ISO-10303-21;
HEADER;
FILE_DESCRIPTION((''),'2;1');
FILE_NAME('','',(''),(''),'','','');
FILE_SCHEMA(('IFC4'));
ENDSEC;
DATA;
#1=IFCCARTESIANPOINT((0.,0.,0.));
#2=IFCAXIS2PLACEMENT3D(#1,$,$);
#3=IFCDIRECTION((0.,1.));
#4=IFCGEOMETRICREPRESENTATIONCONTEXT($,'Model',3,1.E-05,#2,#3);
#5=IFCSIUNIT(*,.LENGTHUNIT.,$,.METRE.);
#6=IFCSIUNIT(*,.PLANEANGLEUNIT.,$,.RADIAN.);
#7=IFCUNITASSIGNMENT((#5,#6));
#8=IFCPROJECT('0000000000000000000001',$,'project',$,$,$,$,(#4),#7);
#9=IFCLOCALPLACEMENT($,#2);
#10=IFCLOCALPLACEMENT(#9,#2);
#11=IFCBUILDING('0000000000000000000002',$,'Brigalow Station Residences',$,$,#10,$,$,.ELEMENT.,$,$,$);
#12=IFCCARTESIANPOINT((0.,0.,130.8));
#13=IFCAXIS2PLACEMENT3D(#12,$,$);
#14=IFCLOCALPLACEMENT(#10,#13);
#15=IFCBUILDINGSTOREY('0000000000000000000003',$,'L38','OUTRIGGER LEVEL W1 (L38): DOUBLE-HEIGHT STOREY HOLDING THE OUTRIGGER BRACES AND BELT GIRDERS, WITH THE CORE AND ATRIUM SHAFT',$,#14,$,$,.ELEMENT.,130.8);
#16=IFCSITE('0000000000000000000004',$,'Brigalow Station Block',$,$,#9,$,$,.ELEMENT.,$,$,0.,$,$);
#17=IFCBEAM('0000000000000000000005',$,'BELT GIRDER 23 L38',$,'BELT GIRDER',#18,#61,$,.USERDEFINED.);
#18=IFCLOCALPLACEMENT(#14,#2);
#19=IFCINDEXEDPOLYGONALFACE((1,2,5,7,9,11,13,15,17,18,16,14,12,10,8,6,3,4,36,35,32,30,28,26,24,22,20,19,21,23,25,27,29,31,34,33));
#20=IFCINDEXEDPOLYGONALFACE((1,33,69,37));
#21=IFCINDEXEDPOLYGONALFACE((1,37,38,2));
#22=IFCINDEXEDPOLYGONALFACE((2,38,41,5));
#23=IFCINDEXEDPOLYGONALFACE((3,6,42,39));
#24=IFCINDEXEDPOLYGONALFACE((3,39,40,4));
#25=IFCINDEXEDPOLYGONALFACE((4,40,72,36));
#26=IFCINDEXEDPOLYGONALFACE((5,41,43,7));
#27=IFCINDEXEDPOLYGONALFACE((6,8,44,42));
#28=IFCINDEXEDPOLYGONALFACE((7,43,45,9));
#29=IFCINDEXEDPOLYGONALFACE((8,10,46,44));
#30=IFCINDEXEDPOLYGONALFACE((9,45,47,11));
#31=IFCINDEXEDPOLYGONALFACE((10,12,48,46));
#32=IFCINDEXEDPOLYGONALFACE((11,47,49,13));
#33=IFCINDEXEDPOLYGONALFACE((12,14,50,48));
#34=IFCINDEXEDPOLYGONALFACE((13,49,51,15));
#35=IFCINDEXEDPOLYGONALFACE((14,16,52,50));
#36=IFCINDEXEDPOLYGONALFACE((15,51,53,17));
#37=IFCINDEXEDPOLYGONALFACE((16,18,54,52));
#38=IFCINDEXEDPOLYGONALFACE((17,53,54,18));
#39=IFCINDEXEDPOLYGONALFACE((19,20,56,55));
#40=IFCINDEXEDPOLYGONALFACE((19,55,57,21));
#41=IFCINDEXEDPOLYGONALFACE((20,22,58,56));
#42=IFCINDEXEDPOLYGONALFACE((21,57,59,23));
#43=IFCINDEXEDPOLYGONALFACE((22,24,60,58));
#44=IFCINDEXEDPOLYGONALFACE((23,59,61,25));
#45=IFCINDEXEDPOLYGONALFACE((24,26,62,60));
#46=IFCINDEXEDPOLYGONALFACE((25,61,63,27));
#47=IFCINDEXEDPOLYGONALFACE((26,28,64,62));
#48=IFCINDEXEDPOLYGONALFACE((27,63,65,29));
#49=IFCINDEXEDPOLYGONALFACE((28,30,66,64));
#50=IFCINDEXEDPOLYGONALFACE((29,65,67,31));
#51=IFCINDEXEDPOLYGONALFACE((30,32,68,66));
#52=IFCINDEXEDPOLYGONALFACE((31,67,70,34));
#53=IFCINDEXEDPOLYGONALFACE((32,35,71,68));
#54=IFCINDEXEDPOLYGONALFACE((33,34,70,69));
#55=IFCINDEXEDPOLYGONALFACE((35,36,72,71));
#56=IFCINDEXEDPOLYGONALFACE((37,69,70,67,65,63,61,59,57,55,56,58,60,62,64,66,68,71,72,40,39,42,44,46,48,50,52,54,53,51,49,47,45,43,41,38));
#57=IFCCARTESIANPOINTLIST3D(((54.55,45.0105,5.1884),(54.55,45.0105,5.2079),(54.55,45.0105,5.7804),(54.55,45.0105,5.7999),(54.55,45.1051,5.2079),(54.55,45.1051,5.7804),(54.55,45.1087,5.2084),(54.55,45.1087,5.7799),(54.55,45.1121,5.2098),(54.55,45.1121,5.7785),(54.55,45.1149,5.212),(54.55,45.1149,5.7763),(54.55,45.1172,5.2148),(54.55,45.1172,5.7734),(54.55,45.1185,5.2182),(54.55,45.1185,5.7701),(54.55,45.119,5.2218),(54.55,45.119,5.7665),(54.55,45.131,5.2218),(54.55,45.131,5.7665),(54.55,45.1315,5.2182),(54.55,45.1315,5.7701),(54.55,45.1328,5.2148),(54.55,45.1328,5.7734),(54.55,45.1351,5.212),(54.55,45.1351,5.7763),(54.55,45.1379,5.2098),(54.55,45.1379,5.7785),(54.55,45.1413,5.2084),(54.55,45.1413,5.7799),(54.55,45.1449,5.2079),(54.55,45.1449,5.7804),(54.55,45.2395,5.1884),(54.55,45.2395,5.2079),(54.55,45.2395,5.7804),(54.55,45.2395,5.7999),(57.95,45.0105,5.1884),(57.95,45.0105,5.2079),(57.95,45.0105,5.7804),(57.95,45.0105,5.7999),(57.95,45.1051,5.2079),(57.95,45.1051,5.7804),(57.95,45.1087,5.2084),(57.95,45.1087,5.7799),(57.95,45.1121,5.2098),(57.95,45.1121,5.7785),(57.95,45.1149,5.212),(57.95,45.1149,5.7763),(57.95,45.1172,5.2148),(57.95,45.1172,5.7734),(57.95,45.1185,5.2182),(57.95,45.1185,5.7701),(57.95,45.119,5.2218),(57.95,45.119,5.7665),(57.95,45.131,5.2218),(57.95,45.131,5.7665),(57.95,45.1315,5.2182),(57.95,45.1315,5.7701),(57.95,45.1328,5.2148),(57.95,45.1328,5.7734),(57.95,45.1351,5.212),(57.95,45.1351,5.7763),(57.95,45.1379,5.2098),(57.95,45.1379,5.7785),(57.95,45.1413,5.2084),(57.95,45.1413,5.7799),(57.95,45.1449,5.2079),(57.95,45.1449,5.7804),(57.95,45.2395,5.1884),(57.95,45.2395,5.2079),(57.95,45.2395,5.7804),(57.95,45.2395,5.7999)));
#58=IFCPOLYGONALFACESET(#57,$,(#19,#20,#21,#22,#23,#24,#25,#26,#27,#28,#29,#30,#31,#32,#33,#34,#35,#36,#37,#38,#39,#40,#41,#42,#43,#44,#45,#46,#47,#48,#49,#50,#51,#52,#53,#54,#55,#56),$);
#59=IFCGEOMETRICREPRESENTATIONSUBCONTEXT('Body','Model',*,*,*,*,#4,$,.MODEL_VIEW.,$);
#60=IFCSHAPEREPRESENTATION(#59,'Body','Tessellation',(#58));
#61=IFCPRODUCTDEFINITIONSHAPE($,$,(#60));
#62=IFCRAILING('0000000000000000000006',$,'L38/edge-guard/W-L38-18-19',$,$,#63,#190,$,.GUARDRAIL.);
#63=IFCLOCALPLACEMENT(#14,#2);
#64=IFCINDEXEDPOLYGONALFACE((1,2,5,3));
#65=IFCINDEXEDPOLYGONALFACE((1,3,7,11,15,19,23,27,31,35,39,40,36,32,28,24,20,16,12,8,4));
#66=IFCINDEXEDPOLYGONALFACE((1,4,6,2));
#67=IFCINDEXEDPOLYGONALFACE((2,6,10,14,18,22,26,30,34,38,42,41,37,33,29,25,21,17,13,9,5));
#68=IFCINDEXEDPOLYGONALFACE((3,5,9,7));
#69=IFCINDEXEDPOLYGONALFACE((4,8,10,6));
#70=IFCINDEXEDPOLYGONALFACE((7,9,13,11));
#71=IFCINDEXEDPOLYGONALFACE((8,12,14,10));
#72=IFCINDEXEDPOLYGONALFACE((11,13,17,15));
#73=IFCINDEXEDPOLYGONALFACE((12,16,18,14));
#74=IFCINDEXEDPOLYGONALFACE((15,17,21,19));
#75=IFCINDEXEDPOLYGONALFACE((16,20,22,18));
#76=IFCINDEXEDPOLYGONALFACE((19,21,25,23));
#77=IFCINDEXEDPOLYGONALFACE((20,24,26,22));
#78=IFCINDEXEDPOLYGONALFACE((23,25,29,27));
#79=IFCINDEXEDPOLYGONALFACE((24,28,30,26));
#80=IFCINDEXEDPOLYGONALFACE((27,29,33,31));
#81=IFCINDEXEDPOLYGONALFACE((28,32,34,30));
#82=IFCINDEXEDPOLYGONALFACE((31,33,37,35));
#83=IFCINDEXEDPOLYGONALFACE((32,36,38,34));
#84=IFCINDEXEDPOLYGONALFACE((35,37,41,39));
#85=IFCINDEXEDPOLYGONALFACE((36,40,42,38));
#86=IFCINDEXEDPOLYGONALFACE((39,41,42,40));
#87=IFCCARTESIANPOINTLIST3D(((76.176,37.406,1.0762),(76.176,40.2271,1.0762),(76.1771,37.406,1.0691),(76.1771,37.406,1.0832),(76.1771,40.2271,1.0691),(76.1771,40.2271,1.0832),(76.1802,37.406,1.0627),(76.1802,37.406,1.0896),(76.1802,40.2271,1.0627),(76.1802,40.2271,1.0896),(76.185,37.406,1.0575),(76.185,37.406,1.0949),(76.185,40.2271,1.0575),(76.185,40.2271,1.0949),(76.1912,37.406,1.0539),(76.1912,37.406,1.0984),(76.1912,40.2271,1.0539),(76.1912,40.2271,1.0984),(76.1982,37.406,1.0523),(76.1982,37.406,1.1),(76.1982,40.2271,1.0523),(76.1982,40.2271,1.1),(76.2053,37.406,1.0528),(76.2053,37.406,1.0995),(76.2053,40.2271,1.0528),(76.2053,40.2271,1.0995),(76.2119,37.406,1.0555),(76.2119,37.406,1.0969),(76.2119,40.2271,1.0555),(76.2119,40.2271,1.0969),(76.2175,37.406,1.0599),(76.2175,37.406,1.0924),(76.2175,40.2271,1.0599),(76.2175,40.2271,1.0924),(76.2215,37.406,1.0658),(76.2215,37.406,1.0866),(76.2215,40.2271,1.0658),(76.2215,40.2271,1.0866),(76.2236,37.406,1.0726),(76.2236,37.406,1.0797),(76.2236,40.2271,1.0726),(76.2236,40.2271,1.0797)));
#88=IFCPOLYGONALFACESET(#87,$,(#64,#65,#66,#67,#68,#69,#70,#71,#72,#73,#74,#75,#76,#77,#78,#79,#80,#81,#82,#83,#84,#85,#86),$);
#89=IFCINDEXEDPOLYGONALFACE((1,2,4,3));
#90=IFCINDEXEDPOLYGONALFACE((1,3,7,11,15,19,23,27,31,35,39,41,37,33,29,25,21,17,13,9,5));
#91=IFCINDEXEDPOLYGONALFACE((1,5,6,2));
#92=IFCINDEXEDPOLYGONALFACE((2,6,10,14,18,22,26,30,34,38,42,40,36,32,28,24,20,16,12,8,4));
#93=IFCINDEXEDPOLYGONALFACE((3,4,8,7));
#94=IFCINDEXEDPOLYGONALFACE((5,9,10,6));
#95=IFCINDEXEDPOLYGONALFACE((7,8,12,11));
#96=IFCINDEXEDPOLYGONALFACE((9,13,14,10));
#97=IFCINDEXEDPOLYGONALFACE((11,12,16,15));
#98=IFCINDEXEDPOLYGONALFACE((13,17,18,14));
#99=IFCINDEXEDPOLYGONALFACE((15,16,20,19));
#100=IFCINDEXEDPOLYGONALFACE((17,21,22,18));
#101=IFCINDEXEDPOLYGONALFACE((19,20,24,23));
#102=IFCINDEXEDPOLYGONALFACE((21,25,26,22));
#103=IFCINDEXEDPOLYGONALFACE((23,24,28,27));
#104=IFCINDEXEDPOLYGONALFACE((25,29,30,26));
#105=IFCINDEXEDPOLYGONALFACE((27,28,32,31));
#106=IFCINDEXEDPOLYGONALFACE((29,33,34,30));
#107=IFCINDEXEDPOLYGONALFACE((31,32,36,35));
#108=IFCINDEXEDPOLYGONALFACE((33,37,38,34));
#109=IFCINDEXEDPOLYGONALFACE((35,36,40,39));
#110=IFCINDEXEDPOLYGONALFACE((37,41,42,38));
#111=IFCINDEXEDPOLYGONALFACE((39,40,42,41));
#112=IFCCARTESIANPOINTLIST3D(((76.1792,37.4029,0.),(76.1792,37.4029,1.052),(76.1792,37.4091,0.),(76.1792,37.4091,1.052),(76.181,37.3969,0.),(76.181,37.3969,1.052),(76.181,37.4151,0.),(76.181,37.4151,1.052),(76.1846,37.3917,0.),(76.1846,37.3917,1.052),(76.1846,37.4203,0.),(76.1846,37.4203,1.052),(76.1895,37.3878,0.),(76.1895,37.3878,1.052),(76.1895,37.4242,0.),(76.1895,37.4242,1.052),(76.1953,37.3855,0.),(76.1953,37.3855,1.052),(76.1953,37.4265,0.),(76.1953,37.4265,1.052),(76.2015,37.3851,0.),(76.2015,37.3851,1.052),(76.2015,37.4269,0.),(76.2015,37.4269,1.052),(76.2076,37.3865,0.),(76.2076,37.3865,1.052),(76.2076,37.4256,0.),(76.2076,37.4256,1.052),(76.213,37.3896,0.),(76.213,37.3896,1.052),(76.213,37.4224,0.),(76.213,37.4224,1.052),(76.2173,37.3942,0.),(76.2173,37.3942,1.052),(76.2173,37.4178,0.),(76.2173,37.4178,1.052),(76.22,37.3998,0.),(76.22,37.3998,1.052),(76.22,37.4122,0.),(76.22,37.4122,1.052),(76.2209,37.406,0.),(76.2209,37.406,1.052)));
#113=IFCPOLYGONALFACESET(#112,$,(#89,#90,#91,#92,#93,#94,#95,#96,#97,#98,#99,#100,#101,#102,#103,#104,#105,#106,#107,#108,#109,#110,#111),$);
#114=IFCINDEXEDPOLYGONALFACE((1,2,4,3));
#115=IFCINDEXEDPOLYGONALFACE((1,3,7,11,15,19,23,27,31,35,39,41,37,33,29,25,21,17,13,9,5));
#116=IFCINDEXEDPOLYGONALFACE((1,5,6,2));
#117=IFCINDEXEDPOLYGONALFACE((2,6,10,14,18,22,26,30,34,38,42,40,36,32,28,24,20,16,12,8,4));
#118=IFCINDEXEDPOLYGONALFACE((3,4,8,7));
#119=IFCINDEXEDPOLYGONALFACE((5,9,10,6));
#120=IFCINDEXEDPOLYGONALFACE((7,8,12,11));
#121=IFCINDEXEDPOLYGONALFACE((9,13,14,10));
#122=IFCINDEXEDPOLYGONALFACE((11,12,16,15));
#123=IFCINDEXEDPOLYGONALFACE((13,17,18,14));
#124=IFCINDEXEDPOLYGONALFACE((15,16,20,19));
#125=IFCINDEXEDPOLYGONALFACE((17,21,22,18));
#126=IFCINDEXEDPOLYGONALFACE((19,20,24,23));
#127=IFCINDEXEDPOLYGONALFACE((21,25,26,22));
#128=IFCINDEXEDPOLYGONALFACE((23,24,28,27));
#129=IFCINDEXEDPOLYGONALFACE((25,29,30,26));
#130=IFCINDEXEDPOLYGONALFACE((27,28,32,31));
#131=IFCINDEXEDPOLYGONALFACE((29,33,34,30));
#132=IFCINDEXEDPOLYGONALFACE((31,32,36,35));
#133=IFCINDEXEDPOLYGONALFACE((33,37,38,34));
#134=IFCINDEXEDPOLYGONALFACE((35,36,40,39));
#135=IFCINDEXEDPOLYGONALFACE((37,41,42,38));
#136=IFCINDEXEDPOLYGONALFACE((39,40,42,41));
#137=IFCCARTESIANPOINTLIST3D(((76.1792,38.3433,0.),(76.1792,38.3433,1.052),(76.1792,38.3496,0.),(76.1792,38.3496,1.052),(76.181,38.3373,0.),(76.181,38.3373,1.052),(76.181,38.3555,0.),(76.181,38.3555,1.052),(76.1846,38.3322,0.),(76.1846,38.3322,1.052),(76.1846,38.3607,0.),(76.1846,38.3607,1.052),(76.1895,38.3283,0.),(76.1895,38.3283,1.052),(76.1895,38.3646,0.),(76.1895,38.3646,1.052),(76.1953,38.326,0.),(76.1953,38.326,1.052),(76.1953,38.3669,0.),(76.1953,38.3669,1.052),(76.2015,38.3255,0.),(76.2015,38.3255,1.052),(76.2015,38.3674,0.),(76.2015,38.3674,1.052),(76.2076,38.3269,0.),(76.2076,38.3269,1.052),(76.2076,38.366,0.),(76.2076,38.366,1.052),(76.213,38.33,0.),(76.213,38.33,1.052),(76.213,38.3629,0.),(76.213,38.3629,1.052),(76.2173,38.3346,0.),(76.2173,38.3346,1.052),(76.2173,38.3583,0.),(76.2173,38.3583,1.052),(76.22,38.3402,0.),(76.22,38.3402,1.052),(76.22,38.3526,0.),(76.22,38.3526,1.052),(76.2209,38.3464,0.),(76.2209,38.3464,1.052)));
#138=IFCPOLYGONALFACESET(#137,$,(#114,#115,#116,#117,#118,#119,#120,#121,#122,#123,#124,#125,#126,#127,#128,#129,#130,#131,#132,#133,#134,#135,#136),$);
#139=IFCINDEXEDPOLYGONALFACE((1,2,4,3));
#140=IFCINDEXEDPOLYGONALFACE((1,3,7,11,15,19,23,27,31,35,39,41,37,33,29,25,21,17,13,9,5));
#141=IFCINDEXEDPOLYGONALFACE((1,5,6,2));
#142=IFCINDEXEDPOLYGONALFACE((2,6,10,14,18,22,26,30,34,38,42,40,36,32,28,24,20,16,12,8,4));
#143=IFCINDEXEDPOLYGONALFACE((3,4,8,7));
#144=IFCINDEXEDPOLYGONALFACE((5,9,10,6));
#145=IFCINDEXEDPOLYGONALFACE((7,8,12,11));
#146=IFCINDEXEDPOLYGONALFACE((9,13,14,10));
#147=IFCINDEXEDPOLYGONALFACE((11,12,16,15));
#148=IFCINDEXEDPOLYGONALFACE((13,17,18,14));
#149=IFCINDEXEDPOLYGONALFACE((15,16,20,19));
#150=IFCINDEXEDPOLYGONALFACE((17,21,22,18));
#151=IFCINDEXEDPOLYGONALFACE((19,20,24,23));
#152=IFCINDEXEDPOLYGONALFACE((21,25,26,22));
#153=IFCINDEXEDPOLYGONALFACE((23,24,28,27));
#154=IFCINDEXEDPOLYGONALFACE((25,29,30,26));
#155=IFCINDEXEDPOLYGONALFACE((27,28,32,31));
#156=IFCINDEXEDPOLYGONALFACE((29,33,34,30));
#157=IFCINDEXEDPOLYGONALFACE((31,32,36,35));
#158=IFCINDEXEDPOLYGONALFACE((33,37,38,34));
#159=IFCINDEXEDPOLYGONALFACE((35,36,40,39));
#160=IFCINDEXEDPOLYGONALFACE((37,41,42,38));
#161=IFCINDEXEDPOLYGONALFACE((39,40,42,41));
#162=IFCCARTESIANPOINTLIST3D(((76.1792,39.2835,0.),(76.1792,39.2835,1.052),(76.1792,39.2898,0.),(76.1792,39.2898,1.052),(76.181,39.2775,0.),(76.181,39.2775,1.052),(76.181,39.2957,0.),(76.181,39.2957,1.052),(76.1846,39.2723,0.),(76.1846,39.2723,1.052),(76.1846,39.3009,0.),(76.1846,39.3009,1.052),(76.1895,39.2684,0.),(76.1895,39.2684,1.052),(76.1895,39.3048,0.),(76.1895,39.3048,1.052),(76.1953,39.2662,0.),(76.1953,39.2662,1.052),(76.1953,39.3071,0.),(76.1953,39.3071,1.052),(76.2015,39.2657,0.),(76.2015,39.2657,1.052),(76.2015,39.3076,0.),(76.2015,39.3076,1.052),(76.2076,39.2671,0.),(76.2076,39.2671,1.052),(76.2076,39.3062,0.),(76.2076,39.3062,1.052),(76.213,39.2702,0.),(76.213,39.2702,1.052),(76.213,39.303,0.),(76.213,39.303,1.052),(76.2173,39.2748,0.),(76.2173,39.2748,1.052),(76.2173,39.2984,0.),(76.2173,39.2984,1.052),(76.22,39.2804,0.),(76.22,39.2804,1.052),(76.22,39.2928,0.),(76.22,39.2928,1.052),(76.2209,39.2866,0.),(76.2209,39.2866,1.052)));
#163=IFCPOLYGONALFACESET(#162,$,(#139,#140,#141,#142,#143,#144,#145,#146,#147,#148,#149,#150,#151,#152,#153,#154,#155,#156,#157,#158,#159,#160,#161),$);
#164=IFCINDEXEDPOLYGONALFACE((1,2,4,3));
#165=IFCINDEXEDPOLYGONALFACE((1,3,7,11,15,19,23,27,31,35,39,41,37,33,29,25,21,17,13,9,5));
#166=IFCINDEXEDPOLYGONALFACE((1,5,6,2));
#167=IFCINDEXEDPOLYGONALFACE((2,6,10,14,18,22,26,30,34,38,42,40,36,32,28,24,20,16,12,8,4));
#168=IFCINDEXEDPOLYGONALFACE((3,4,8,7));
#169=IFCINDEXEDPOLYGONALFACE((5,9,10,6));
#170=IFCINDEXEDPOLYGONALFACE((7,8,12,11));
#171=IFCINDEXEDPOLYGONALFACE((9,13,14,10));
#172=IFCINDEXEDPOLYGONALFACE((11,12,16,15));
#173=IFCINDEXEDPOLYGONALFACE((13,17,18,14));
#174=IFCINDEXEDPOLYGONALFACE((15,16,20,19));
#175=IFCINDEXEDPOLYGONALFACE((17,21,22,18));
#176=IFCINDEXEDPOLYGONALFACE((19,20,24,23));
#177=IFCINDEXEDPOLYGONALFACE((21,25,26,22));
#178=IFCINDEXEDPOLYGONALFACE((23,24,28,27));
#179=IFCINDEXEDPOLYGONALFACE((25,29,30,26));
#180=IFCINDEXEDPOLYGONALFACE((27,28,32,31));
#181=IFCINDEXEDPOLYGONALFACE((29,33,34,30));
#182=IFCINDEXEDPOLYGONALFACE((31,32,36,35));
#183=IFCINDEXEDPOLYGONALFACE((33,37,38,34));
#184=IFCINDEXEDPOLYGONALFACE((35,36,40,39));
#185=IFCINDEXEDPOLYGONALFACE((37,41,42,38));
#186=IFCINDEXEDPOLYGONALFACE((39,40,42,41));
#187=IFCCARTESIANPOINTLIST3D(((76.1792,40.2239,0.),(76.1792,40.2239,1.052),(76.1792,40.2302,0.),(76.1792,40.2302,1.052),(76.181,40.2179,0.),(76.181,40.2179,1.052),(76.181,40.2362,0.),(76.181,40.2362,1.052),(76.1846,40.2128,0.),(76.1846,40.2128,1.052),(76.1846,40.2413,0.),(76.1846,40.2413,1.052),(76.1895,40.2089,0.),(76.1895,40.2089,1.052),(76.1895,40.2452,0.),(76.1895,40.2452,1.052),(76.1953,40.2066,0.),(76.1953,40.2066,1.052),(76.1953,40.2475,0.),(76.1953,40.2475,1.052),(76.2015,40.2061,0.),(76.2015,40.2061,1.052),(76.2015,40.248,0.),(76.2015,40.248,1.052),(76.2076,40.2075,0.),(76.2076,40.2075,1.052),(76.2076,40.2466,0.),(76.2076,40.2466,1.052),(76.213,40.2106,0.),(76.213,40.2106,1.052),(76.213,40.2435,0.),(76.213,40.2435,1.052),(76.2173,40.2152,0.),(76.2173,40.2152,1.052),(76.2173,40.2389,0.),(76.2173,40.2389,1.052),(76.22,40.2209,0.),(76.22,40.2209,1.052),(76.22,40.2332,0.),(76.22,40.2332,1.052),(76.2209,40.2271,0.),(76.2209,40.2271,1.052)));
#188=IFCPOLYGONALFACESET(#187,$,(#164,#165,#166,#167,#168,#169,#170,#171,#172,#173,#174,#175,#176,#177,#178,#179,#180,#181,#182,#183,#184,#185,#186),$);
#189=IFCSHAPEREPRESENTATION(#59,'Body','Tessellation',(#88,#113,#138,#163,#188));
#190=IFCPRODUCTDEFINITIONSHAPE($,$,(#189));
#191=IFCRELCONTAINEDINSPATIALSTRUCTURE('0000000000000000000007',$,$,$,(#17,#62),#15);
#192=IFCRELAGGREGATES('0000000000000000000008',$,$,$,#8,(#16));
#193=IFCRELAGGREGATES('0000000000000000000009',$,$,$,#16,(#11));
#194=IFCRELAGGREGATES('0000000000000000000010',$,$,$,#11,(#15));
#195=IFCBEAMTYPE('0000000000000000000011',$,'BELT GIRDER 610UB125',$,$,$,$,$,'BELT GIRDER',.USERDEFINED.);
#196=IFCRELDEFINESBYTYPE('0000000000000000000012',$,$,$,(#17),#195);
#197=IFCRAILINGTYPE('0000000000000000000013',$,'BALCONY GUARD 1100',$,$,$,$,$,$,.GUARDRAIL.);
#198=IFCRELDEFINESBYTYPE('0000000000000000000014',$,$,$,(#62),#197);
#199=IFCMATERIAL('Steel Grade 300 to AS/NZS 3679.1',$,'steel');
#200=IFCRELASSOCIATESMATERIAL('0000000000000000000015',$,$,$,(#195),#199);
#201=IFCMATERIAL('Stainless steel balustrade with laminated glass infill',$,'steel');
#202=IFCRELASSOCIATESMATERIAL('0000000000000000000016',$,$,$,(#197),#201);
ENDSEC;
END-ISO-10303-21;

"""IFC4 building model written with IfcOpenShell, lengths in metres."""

from ifc_helpers import new_model, si_unit, direction, frame, origin, origin_2d, place, context, subcontext, project, spatial, circle, i_section, extrude, material, material_profile, profile_set, type_object, element, save


model = new_model("IFC4")

# Units and contexts
model_context = context("Model", 3, precision=1e-05, world=origin(), true_north=direction((0.0, 1.0)))
body_context = subcontext(model_context, "Body", "Model", "MODEL_VIEW")
ifc_project = project(units=[si_unit("LENGTHUNIT", "METRE"), si_unit("PLANEANGLEUNIT", "RADIAN")], contexts=[model_context])

# Site, building, storey
site_placement = place(None, origin())
site = spatial("IfcSite", under=ifc_project, at=site_placement, Name="Brigalow Station Block", CompositionType="ELEMENT", RefElevation=0.0)
building_placement = place(site_placement, origin())
building = spatial("IfcBuilding", under=site, at=building_placement, Name="Brigalow Station Residences", CompositionType="ELEMENT")
storey_placement = place(building_placement, frame((0.0, 0.0, 130.8)))
storey = spatial("IfcBuildingStorey", under=building, at=storey_placement, Name="L38", Description="OUTRIGGER LEVEL W1 (L38): DOUBLE-HEIGHT STOREY HOLDING THE OUTRIGGER BRACES AND BELT GIRDERS, WITH THE CORE AND ATRIUM SHAFT", CompositionType="ELEMENT", Elevation=130.8)

# Beam
ifc_material_1 = material(Name="Steel Grade 300 to AS/NZS 3679.1", Category="steel")
ifc_material_profile_1 = material_profile(ifc_material_1, i_section(OverallWidth=0.229, OverallDepth=0.6116, WebThickness=0.012, FlangeThickness=0.0195, FilletRadius=0.0139, at=origin_2d()), Name="610UB125")
ifc_profile_set_1 = profile_set([ifc_material_profile_1], Name="Steel Grade 300 to AS/NZS 3679.1")
beam_type = type_object("IfcBeamType", Name="BELT GIRDER 610UB125", ElementType="BELT GIRDER", PredefinedType="USERDEFINED", material=ifc_profile_set_1)
for number, where, z_axis, x_axis, name in (
    (1, (57.95, 45.125, 5.4941), (-1.0, 0.0, 0.0), (0.0, -1.0, 0.0), "BELT GIRDER 23 L38"),
):
    element("IfcBeam", number, at=place(storey_placement, frame(where, z_axis=z_axis, x_axis=x_axis)), inside=storey, type_object=beam_type, Name=name, ObjectType="BELT GIRDER", PredefinedType="USERDEFINED", context=body_context, shape_type="SweptSolid", body=[
        extrude(i_section(OverallWidth=0.229, OverallDepth=0.6116, WebThickness=0.012, FlangeThickness=0.0195, FilletRadius=0.0139, at=origin_2d()), origin(), (0.0, 0.0, 1.0), 3.3999),
    ])

# Railing
ifc_material_2 = material(Name="Stainless steel balustrade with laminated glass infill", Category="steel")
railing_type = type_object("IfcRailingType", Name="BALCONY GUARD 1100", PredefinedType="GUARDRAIL", material=ifc_material_2)
railing_1_placement = place(storey_placement, frame((76.2, 37.406, 0.0)))
element("IfcRailing", 2, at=railing_1_placement, inside=storey, type_object=railing_type, Name="L38/edge-guard/W-L38-18-19", PredefinedType="GUARDRAIL", context=body_context, shape_type="SweptSolid", body=[
    extrude(circle(Radius=0.0239, at=origin_2d()), frame((0.0, 0.0, 1.0762), z_axis=(0.0, 1.0, 0.0), x_axis=(-1.0, 0.0, 0.0)), (0.0, 0.0, 1.0), 2.821),
    extrude(circle(Radius=0.021, at=origin_2d()), origin(), (0.0, 0.0, 1.0), 1.052),
    extrude(circle(Radius=0.021, at=origin_2d()), frame((0.0, 0.9404, 0.0)), (0.0, 0.0, 1.0), 1.052),
    extrude(circle(Radius=0.021, at=origin_2d()), frame((0.0, 1.8806, 0.0)), (0.0, 0.0, 1.0), 1.052),
    extrude(circle(Radius=0.021, at=origin_2d()), frame((0.0, 2.821, 0.0)), (0.0, 0.0, 1.0), 1.052),
])

save(model, "model.ifc")
